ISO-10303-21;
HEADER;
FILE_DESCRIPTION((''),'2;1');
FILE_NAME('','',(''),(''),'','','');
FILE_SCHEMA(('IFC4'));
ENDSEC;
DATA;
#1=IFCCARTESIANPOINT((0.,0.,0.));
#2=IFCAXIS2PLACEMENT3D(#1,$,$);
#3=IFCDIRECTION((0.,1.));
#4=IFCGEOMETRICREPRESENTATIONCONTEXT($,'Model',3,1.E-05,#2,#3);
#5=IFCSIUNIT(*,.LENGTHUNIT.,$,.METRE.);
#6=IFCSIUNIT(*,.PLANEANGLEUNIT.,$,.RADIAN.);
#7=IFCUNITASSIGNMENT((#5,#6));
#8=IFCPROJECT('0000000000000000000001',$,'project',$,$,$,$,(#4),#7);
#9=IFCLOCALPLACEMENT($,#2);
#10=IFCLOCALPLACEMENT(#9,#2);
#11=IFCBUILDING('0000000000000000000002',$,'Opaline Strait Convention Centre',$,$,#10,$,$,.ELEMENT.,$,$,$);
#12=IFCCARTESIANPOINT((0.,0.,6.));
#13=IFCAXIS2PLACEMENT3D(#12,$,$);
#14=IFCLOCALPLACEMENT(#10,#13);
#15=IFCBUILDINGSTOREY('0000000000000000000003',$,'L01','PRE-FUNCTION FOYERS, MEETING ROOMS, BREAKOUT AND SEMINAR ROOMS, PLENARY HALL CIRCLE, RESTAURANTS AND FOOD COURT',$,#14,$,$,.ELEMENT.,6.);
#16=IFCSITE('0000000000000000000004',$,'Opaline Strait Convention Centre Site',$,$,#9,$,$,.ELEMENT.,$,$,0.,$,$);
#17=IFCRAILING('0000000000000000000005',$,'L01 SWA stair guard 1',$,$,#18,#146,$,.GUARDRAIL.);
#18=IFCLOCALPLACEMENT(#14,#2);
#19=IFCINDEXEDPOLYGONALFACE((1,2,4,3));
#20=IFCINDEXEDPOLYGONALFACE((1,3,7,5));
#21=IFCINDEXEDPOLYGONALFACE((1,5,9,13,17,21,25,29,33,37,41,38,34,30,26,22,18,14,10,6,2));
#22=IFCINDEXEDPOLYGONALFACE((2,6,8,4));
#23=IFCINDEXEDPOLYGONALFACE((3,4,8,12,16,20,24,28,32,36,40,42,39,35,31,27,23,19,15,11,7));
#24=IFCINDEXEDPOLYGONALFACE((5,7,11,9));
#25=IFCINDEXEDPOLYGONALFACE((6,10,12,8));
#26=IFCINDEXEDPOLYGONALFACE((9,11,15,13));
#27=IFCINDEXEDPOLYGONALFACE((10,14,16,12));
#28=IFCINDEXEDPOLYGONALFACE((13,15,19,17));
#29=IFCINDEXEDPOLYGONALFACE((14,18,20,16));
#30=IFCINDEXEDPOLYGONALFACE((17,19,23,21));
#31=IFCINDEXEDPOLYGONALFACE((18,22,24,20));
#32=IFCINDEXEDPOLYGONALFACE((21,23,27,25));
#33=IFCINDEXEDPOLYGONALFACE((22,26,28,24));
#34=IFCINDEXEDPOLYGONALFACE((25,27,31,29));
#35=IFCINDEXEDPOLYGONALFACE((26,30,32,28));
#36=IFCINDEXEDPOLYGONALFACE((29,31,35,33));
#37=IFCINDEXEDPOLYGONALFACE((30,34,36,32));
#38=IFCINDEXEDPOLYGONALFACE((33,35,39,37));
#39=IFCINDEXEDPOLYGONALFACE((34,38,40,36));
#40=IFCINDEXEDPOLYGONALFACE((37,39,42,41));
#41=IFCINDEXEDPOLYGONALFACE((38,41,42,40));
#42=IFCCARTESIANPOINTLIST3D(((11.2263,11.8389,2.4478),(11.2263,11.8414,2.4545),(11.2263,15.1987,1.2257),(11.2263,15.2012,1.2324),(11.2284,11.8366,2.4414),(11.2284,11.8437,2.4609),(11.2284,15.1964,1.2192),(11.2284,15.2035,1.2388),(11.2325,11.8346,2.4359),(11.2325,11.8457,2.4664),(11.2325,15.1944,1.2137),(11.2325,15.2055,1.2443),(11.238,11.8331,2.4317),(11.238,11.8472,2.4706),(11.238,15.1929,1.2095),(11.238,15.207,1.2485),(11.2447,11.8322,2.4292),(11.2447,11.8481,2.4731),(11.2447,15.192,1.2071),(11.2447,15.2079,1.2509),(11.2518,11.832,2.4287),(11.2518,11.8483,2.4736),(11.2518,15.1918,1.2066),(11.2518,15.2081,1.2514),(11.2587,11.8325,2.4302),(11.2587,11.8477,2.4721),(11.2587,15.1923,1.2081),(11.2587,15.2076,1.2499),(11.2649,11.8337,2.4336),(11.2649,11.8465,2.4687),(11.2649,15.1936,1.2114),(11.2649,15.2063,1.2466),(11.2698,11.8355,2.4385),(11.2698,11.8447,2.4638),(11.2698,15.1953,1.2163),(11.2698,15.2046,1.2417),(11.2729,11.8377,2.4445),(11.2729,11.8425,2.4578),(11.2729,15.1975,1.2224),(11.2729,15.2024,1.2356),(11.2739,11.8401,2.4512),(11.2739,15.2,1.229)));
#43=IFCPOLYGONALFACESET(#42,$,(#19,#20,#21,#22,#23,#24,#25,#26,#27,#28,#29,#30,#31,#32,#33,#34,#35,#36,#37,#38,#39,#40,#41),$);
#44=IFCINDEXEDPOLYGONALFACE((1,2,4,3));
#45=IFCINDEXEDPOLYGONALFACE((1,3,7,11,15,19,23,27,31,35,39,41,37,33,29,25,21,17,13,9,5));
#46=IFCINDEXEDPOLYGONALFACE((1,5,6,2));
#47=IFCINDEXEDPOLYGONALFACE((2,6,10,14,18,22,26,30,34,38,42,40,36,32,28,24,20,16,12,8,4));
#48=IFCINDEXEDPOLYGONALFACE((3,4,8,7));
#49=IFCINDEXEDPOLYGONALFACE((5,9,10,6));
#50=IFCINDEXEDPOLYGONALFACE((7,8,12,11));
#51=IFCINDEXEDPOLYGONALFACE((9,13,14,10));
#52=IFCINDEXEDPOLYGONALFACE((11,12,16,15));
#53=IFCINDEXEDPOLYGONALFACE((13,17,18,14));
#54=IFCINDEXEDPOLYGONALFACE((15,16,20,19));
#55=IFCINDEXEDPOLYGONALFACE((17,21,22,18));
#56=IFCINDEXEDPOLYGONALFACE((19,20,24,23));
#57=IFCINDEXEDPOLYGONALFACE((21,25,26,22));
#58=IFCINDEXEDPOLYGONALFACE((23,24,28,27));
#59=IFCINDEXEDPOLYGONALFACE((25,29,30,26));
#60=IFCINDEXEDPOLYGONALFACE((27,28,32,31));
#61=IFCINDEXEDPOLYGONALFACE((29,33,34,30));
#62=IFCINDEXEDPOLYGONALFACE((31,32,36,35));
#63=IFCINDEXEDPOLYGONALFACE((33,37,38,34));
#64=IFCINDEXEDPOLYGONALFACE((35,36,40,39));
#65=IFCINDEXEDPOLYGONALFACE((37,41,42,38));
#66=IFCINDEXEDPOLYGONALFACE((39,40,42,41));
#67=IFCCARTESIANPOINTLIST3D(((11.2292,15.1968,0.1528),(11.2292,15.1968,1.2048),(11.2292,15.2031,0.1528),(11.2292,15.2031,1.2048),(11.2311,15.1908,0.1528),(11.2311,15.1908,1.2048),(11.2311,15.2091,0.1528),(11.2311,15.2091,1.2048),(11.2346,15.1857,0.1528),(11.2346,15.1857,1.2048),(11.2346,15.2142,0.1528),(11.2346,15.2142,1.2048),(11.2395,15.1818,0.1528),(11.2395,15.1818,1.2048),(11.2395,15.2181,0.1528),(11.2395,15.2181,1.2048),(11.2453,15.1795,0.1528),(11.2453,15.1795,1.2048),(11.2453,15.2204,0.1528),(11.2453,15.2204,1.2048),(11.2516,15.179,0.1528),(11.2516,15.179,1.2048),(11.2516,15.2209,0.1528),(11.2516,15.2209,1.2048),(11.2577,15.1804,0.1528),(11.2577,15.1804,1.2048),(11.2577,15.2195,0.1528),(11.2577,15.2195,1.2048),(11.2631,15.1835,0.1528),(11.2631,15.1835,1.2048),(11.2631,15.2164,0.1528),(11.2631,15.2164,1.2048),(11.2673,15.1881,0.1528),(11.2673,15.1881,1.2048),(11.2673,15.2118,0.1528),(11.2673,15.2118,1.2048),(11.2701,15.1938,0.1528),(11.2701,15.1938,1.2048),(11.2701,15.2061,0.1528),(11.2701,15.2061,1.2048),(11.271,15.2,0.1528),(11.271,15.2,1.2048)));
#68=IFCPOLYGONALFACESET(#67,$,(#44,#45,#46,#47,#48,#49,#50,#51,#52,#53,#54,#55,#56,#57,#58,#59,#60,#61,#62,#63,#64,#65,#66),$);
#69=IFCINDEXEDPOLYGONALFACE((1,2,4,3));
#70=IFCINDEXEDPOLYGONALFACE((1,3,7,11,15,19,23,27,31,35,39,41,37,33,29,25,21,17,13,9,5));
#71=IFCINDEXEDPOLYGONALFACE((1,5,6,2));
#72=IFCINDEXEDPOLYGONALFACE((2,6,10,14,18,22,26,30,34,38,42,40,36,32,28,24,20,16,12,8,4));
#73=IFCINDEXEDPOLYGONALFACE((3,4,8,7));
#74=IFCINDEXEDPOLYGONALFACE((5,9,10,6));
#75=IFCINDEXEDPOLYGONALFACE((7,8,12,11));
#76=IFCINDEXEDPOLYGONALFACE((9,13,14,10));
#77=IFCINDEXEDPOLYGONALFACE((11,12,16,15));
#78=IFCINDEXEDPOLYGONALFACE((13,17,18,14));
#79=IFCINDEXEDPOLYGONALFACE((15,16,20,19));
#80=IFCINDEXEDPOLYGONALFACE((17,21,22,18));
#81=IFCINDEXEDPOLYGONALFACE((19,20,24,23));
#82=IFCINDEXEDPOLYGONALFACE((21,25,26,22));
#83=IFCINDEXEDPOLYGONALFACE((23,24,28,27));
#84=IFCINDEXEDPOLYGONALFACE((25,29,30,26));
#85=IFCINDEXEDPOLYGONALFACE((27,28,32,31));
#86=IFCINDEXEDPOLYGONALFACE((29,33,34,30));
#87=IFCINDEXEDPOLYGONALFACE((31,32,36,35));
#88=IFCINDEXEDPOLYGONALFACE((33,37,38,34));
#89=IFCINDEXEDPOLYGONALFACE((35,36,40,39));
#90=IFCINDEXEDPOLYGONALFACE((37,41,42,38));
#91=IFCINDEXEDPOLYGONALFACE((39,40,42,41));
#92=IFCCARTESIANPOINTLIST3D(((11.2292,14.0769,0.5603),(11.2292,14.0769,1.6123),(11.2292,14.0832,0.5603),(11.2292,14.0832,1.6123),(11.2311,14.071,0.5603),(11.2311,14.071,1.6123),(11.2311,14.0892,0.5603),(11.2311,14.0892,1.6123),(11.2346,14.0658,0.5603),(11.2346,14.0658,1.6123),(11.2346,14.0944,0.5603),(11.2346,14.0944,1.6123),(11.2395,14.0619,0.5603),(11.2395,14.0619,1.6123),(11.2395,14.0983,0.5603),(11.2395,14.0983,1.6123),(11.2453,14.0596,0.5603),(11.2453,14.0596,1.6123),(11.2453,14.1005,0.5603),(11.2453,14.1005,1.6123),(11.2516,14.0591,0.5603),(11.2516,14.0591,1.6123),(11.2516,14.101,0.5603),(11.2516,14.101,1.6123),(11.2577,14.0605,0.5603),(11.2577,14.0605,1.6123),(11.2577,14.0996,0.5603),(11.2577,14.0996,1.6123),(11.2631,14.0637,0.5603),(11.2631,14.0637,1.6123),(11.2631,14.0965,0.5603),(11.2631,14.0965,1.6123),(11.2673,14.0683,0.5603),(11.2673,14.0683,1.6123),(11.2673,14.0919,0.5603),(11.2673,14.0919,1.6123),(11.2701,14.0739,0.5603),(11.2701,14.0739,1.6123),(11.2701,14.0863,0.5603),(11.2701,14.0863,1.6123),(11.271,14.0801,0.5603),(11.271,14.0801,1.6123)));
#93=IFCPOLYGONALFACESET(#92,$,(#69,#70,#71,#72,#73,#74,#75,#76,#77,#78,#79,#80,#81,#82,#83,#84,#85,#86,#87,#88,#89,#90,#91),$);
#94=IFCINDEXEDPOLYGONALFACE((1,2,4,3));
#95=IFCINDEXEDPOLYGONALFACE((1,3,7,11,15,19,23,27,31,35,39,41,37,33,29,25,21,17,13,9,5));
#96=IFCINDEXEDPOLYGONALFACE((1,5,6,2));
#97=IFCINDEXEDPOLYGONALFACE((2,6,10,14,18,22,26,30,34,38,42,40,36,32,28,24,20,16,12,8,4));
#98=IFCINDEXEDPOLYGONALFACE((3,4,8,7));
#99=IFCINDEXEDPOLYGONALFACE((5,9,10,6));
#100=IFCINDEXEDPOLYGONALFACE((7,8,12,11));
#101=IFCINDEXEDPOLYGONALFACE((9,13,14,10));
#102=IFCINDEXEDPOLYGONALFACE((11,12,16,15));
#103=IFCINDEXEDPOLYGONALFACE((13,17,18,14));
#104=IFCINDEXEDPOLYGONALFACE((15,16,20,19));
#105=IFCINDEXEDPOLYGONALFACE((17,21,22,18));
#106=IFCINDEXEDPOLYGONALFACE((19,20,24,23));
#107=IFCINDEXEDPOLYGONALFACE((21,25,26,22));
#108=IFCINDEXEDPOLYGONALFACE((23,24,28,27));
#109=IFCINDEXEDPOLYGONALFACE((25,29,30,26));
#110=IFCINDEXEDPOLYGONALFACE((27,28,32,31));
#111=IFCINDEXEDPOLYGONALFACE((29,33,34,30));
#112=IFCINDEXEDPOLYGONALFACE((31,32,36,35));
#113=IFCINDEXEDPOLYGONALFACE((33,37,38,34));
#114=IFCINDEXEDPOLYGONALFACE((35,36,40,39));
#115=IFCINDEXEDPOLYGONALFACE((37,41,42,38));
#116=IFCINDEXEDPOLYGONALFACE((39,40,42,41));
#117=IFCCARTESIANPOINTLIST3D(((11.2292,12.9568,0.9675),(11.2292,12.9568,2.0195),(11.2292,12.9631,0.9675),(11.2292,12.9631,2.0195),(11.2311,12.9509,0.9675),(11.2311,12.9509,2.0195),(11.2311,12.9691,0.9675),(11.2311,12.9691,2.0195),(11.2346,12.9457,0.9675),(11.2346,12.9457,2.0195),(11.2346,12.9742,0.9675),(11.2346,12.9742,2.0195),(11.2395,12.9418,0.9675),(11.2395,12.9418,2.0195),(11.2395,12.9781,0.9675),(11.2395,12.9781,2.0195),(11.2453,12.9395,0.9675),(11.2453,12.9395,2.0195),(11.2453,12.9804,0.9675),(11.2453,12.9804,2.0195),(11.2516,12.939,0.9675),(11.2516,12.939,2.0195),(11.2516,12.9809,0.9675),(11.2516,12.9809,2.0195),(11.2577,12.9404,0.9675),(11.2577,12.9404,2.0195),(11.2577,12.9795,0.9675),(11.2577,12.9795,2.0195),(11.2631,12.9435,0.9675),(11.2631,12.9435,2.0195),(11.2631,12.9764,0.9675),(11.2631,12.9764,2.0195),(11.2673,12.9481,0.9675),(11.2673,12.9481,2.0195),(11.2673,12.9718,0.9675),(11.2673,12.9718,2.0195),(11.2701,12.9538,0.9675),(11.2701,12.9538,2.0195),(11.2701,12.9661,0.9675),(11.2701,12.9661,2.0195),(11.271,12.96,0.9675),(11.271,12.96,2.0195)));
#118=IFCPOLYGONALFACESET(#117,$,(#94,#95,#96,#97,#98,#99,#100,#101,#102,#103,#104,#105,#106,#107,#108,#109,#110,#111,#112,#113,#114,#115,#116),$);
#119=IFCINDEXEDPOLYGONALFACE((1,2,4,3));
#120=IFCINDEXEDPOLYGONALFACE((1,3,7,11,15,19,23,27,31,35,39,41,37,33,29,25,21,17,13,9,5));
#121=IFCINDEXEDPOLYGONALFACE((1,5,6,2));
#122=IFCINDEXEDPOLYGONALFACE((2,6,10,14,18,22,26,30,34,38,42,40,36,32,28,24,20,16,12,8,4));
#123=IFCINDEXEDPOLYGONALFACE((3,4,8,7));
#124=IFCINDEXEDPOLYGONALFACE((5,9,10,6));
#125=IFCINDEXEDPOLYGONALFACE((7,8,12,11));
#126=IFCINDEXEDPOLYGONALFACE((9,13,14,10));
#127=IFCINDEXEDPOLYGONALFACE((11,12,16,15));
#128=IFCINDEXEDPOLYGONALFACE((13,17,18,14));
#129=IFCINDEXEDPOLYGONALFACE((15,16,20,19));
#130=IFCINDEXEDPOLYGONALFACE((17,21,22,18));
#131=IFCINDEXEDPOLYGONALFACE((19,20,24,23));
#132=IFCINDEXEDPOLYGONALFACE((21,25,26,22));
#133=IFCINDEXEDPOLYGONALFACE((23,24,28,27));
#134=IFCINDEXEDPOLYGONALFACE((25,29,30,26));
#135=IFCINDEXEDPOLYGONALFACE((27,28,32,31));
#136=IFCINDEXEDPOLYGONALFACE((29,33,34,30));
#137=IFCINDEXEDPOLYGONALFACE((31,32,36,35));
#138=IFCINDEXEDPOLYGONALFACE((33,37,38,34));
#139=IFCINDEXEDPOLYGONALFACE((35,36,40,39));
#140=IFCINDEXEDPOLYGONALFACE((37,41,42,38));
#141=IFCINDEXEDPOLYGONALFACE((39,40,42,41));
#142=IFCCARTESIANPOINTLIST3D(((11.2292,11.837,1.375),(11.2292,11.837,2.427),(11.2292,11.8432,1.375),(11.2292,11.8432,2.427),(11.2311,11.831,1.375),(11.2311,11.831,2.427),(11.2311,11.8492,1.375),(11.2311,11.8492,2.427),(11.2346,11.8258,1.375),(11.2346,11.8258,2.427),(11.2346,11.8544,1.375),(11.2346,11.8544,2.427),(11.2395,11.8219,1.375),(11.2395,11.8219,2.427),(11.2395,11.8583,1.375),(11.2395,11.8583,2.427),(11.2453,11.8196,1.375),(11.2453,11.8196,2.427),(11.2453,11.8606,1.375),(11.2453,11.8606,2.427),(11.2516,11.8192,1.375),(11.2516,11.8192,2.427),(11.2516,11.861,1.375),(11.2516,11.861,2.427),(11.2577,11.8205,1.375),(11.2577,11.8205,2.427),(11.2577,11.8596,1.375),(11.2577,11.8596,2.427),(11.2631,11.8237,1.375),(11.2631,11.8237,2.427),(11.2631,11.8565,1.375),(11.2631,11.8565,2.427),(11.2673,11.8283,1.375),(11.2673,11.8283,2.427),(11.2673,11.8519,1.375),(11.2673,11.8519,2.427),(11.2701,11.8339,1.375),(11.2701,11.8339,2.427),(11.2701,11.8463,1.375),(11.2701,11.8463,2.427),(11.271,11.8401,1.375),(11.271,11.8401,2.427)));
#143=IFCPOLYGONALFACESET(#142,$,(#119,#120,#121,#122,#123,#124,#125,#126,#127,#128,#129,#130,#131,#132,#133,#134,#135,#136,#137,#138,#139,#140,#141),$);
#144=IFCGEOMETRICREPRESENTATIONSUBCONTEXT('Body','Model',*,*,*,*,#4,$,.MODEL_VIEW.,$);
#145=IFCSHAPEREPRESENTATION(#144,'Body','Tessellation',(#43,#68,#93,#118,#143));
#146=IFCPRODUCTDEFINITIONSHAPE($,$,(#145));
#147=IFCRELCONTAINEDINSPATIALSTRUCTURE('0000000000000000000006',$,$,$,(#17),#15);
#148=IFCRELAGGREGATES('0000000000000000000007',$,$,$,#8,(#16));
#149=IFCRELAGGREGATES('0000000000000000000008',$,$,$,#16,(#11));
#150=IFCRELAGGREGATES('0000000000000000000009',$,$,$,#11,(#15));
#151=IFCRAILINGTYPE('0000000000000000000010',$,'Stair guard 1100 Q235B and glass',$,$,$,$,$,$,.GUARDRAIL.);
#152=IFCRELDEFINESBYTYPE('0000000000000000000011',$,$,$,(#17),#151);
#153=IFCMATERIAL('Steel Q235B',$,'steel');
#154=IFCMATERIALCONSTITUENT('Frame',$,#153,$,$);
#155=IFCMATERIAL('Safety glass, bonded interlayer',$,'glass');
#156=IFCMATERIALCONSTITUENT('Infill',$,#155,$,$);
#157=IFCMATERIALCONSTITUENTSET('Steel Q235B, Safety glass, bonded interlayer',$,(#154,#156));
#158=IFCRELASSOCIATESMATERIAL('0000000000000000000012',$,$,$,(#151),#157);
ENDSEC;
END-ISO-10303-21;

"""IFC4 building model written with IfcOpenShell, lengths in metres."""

from ifc_helpers import new_model, si_unit, direction, frame, origin, origin_2d, place, context, subcontext, project, spatial, circle, extrude, material, constituent, constituent_set, type_object, element, save


model = new_model("IFC4")

# Units and contexts
model_context = context("Model", 3, precision=1e-05, world=origin(), true_north=direction((0.0, 1.0)))
body_context = subcontext(model_context, "Body", "Model", "MODEL_VIEW")
ifc_project = project(units=[si_unit("LENGTHUNIT", "METRE"), si_unit("PLANEANGLEUNIT", "RADIAN")], contexts=[model_context])

# Site, building, storey
site_placement = place(None, origin())
site = spatial("IfcSite", under=ifc_project, at=site_placement, Name="Opaline Strait Convention Centre Site", CompositionType="ELEMENT", RefElevation=0.0)
building_placement = place(site_placement, origin())
building = spatial("IfcBuilding", under=site, at=building_placement, Name="Opaline Strait Convention Centre", CompositionType="ELEMENT")
storey_placement = place(building_placement, frame((0.0, 0.0, 6.0)))
storey = spatial("IfcBuildingStorey", under=building, at=storey_placement, Name="L01", Description="PRE-FUNCTION FOYERS, MEETING ROOMS, BREAKOUT AND SEMINAR ROOMS, PLENARY HALL CIRCLE, RESTAURANTS AND FOOD COURT", CompositionType="ELEMENT", Elevation=6.0)

# Railing
ifc_material_1 = material(Name="Steel Q235B", Category="steel")
ifc_constituent_1 = constituent(ifc_material_1, Name="Frame")
ifc_material_2 = material(Name="Safety glass, bonded interlayer", Category="glass")
ifc_constituent_2 = constituent(ifc_material_2, Name="Infill")
ifc_constituent_set = constituent_set(constituents=[ifc_constituent_1, ifc_constituent_2], Name="Steel Q235B, Safety glass, bonded interlayer")
railing_type_1 = type_object("IfcRailingType", Name="Stair guard 1100 Q235B and glass", PredefinedType="GUARDRAIL", material=ifc_constituent_set)
railing_1_placement = place(storey_placement, frame((11.25, 15.2, 0.1528)))
element("IfcRailing", 1, at=railing_1_placement, inside=storey, type_object=railing_type_1, Name="L01 SWA stair guard 1", PredefinedType="GUARDRAIL", context=body_context, shape_type="SweptSolid", body=[
    extrude(circle(Radius=0.0239, at=origin_2d()), frame((0.0, 0.0, 1.0762), z_axis=(0.0, -0.939758, 0.341842), x_axis=(1.0, 0.0, 0.0)), (0.0, 0.0, 1.0), 3.5752),
    extrude(circle(Radius=0.021, at=origin_2d()), origin(), (0.0, 0.0, 1.0), 1.052),
    extrude(circle(Radius=0.021, at=origin_2d()), frame((0.0, -1.1199, 0.4075)), (0.0, 0.0, 1.0), 1.052),
    extrude(circle(Radius=0.021, at=origin_2d()), frame((0.0, -2.24, 0.8147)), (0.0, 0.0, 1.0), 1.052),
    extrude(circle(Radius=0.021, at=origin_2d()), frame((0.0, -3.3599, 1.2222)), (0.0, 0.0, 1.0), 1.052),
])

save(model, "model.ifc")
